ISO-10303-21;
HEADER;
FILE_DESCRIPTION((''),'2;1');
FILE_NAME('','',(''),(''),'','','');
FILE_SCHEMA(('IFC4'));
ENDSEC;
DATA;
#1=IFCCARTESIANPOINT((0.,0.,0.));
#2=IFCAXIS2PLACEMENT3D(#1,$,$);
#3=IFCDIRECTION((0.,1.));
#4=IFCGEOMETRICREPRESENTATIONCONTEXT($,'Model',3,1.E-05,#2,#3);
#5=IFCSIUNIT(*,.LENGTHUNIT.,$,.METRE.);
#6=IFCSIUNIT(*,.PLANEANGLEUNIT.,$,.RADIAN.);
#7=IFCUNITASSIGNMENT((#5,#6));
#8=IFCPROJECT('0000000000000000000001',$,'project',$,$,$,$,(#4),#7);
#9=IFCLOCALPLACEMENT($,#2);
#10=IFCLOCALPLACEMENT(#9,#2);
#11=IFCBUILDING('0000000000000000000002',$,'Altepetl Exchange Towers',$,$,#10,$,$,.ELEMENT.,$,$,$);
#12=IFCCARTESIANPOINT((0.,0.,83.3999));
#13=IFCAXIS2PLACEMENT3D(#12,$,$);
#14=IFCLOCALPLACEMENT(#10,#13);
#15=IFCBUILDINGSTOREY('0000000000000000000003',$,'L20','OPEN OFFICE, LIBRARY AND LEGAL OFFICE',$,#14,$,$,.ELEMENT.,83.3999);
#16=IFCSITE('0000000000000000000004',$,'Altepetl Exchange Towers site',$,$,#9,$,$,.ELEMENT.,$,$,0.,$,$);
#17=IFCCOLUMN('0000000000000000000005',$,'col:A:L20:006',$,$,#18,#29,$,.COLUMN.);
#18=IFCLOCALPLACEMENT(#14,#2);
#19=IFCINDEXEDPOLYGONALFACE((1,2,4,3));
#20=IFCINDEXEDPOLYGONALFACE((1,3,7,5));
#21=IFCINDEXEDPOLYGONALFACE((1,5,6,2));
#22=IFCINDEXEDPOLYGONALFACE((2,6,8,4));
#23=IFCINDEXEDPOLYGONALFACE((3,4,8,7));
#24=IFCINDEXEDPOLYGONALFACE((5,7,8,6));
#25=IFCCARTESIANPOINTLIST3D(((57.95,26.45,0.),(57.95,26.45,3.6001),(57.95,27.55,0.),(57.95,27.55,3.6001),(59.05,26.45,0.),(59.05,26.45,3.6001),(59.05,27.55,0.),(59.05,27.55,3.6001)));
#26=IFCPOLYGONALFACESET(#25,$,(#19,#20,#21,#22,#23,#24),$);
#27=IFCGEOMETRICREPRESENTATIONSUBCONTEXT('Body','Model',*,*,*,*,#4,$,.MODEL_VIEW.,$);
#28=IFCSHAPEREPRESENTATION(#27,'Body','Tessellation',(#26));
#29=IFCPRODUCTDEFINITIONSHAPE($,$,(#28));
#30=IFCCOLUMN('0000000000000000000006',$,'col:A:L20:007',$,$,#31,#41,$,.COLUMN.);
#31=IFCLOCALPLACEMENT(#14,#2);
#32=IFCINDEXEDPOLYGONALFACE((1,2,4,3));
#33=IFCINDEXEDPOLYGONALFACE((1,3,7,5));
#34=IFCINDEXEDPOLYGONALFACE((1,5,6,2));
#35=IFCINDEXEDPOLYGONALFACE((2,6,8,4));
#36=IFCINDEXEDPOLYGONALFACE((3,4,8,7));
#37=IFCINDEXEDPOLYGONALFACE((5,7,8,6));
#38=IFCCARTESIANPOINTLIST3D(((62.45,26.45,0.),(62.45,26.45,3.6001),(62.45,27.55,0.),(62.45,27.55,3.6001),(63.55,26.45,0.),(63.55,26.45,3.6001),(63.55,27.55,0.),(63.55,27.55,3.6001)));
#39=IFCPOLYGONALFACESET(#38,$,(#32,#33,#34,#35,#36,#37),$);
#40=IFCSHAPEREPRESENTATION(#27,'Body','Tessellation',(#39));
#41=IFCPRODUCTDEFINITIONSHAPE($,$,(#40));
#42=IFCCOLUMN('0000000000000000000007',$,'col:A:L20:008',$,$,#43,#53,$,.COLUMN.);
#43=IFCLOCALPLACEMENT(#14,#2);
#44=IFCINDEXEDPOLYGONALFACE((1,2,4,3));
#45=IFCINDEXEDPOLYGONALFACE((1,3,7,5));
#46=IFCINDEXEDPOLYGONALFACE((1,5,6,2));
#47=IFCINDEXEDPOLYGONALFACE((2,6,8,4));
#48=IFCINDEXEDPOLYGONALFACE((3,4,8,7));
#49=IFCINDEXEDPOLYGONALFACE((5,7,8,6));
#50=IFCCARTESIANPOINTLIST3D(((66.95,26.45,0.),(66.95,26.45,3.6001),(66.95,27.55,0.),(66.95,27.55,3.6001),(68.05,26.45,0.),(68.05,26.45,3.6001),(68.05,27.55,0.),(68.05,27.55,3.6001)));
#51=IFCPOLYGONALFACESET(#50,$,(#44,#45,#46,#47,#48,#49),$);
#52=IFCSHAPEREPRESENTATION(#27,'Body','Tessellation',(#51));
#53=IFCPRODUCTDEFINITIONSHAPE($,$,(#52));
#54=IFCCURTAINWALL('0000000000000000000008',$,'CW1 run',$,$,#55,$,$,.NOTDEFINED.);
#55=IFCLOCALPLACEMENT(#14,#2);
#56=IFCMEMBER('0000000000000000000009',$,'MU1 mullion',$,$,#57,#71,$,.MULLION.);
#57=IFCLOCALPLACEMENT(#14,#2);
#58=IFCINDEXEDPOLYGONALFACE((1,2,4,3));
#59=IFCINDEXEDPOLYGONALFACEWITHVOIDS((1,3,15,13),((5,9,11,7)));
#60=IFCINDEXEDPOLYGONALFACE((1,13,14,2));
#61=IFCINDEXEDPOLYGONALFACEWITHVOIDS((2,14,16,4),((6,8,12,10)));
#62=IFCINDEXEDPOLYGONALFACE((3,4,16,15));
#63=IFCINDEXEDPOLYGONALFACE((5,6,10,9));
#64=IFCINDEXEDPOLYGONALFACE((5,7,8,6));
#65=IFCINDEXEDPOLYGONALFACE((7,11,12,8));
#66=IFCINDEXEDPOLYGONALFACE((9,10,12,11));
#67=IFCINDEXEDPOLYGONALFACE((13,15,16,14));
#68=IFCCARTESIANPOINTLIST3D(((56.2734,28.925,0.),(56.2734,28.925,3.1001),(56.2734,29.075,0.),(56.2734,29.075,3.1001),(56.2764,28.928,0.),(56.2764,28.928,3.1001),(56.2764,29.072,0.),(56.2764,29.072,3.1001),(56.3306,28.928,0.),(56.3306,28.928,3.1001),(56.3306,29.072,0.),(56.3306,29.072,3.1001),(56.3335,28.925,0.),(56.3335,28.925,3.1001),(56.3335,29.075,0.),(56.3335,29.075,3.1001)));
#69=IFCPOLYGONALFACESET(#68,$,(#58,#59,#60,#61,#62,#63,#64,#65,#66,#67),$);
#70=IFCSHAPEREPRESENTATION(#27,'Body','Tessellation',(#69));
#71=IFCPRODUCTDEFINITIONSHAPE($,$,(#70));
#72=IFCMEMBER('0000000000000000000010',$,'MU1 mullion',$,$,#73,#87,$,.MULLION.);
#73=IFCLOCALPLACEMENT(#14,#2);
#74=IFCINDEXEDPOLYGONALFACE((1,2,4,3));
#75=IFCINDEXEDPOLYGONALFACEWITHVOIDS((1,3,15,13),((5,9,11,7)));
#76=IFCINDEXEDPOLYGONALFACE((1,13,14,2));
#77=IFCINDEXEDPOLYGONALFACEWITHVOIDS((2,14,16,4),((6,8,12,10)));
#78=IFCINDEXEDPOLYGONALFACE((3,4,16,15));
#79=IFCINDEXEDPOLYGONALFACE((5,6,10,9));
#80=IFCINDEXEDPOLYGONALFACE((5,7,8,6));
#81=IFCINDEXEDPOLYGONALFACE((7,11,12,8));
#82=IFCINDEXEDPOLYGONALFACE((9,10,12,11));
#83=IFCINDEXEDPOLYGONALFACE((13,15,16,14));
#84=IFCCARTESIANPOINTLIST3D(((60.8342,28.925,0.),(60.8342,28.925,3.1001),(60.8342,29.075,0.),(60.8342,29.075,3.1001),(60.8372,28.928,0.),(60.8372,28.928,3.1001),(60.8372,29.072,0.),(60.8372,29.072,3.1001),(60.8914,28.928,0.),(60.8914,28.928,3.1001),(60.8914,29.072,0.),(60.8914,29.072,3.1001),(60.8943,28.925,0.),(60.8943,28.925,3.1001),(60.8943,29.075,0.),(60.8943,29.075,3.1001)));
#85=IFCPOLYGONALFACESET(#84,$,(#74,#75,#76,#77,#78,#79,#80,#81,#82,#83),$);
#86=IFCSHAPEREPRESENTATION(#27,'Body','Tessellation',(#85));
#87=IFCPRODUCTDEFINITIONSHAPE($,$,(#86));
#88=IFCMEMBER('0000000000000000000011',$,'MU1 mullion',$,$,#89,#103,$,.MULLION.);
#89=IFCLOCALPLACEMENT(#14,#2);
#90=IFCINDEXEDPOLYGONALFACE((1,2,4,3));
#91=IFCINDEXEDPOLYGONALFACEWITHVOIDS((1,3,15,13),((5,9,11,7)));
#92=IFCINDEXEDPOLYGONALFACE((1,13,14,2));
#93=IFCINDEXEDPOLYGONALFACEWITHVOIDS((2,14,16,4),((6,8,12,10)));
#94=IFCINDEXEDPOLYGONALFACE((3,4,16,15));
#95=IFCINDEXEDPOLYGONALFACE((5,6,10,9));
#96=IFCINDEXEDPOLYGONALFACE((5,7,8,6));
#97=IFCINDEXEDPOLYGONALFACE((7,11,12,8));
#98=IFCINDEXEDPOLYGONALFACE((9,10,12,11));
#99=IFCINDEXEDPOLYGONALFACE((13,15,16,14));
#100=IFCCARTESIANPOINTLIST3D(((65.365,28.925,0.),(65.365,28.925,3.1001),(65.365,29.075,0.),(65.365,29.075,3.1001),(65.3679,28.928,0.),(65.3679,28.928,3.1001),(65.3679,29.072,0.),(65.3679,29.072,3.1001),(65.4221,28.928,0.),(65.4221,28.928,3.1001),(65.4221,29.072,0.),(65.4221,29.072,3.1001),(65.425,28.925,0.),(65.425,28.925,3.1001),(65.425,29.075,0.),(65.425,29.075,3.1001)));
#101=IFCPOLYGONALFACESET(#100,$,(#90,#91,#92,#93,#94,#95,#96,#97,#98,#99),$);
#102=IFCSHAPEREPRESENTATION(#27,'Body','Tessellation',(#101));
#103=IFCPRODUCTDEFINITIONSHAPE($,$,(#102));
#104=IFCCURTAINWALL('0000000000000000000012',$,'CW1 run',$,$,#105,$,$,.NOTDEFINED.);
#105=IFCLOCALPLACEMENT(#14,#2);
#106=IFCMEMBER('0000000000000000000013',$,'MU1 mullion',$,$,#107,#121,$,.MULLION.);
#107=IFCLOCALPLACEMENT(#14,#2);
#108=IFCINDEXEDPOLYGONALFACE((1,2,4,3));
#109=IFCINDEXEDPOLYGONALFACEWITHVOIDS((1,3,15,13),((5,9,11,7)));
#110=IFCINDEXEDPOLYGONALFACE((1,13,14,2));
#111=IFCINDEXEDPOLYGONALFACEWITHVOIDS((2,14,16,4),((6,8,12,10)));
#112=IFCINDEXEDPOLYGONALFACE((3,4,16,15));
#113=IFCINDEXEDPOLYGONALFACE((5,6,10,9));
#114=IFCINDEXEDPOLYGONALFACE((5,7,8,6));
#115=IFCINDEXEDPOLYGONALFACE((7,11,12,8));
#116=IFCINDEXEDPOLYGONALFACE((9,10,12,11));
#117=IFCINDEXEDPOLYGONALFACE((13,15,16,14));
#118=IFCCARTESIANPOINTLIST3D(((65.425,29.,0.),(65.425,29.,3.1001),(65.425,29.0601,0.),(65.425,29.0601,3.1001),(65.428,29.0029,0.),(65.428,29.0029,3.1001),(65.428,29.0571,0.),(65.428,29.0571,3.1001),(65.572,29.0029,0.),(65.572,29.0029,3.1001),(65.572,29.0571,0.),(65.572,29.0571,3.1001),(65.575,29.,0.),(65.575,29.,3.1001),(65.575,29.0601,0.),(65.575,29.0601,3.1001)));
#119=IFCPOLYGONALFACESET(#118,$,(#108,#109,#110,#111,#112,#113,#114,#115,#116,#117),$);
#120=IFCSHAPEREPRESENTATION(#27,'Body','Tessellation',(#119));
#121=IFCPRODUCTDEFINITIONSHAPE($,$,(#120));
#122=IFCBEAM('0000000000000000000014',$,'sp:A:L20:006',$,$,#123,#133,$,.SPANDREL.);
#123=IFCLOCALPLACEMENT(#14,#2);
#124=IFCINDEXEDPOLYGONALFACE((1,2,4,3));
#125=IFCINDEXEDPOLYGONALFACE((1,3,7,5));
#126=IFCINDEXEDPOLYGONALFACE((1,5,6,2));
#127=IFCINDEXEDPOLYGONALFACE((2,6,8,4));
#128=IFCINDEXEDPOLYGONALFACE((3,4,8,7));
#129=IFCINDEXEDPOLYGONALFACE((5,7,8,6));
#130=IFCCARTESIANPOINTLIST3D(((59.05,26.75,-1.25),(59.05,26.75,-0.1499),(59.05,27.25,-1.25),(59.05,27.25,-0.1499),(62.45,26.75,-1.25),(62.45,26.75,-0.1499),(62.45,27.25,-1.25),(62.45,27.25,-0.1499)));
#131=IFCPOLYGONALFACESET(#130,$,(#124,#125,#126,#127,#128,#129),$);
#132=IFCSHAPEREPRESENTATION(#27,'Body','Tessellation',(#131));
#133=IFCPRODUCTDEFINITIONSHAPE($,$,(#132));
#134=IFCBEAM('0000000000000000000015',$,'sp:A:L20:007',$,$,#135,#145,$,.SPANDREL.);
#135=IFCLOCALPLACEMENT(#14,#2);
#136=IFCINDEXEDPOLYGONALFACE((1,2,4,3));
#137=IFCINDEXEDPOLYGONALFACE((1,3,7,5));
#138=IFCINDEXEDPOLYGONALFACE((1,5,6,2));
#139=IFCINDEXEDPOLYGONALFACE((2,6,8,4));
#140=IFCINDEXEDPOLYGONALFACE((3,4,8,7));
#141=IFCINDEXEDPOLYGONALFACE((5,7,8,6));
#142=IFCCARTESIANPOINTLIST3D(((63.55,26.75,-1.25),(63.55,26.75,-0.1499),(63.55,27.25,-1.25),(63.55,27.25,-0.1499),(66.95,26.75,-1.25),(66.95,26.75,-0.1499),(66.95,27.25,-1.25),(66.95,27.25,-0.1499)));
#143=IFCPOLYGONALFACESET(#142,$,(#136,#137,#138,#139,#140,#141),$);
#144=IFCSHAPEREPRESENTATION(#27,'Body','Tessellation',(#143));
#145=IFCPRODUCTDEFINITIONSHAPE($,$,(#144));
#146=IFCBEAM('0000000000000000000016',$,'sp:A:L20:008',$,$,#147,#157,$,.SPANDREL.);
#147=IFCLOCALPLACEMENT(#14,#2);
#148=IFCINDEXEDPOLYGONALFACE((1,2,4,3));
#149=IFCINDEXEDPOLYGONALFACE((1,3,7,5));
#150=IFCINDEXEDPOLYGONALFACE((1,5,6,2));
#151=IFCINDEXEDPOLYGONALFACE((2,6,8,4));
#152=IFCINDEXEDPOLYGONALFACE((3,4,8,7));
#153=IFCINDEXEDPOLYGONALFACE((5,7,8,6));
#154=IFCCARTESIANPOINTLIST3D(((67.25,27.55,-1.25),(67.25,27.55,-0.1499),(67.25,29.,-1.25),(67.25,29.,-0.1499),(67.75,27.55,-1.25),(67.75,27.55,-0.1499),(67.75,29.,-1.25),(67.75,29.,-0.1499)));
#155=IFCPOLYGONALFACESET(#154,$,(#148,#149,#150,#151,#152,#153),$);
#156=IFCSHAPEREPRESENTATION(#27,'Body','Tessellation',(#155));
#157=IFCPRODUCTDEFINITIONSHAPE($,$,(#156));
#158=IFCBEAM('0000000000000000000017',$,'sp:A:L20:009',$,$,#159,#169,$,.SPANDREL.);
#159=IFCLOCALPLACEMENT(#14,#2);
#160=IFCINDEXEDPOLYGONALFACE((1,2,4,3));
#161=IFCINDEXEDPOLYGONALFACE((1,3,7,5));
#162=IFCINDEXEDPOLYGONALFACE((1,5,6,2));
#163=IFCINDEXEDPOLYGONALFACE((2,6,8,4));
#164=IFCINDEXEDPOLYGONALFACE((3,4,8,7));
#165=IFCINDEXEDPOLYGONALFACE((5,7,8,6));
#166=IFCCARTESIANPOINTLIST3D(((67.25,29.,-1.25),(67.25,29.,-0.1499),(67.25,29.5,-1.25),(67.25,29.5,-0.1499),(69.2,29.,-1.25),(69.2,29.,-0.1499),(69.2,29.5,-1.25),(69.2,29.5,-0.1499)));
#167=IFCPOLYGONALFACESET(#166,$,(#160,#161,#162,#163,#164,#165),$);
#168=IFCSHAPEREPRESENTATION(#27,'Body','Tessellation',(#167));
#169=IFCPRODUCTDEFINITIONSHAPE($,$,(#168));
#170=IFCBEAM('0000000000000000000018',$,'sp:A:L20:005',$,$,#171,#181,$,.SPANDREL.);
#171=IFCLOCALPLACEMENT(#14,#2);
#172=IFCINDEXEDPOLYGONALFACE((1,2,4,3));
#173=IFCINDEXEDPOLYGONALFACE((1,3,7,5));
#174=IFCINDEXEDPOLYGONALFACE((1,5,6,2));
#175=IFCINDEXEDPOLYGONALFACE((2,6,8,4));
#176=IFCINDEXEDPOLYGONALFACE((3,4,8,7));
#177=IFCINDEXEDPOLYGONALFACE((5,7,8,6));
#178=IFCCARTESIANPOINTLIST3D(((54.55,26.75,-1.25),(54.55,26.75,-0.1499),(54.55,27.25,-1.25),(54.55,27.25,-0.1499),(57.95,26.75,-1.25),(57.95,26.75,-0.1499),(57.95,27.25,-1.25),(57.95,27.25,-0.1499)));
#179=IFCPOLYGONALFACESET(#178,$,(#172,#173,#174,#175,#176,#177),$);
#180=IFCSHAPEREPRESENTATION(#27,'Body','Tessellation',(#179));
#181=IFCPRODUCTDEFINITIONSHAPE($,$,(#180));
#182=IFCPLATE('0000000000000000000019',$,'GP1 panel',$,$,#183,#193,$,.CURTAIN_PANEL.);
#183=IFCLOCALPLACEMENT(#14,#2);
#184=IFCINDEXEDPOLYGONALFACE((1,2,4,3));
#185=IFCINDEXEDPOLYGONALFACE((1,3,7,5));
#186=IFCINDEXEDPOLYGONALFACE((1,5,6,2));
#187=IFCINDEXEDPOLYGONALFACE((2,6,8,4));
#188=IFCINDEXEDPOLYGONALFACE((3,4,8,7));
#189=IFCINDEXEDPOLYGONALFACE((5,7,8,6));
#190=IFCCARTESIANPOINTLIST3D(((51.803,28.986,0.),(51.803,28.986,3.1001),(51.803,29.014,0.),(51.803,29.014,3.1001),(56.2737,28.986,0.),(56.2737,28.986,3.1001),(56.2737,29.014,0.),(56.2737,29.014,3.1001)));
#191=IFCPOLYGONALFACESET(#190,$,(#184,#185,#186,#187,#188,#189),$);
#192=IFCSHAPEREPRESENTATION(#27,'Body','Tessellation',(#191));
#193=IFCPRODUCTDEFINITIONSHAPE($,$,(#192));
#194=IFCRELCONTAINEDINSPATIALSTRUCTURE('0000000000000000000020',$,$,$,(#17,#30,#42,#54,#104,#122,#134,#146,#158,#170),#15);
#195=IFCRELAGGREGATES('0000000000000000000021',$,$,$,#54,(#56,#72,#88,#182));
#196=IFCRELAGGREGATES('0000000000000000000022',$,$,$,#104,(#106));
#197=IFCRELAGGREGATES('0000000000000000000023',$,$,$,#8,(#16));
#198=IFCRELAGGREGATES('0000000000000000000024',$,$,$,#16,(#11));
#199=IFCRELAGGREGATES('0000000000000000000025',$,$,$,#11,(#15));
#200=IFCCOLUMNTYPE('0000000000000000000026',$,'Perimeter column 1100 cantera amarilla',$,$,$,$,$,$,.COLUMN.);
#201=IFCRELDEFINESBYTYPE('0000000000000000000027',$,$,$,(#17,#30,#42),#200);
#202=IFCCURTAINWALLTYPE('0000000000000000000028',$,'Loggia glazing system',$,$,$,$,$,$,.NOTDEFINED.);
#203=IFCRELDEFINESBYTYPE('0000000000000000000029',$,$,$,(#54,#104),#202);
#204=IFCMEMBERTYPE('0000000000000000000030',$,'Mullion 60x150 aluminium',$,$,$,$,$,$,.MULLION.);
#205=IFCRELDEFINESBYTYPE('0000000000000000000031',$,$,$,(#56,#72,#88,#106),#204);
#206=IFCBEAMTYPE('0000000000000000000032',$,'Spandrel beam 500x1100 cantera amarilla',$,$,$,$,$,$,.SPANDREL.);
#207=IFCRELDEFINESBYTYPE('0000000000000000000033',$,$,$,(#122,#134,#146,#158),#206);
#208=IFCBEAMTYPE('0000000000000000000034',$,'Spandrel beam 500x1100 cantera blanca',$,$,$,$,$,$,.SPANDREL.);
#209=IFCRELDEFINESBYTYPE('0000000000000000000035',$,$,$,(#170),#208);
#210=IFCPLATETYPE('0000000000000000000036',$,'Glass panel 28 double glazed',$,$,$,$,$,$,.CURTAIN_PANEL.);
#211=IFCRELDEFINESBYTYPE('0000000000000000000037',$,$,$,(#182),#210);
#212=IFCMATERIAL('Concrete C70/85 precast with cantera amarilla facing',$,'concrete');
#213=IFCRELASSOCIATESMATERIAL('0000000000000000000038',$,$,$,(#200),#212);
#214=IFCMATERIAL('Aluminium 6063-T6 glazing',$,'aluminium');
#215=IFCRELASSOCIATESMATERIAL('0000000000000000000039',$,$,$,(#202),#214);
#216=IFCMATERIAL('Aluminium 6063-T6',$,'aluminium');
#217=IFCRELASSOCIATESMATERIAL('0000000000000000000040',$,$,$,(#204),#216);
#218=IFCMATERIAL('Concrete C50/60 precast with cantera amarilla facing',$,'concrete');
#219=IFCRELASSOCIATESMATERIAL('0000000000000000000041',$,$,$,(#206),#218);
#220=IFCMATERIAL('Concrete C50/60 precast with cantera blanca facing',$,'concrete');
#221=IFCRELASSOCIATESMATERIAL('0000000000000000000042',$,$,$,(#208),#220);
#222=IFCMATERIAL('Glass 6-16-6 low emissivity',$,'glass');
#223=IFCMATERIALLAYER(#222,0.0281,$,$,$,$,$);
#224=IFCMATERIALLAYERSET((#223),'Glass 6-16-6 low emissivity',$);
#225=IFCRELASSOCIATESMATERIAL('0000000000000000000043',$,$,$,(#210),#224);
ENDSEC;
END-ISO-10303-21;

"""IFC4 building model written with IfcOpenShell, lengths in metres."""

from ifc_helpers import new_model, si_unit, direction, frame, origin, origin_2d, place, context, subcontext, project, spatial, rectangle, hollow_rectangle, extrude, material, layer, layer_set, material_profile, profile_set, type_object, element, aggregate, save


model = new_model("IFC4")

# Units and contexts
model_context = context("Model", 3, precision=1e-05, world=origin(), true_north=direction((0.0, 1.0)))
body_context = subcontext(model_context, "Body", "Model", "MODEL_VIEW")
ifc_project = project(units=[si_unit("LENGTHUNIT", "METRE"), si_unit("PLANEANGLEUNIT", "RADIAN")], contexts=[model_context])

# Site, building, storey
site_placement = place(None, origin())
site = spatial("IfcSite", under=ifc_project, at=site_placement, Name="Altepetl Exchange Towers site", CompositionType="ELEMENT", RefElevation=0.0)
building_placement = place(site_placement, origin())
building = spatial("IfcBuilding", under=site, at=building_placement, Name="Altepetl Exchange Towers", CompositionType="ELEMENT")
storey_placement = place(building_placement, frame((0.0, 0.0, 83.3999)))
storey = spatial("IfcBuildingStorey", under=building, at=storey_placement, Name="L20", Description="OPEN OFFICE, LIBRARY AND LEGAL OFFICE", CompositionType="ELEMENT", Elevation=83.3999)

# Columns
ifc_material_1 = material(Name="Concrete C70/85 precast with cantera amarilla facing", Category="concrete")
ifc_material_profile_1 = material_profile(ifc_material_1, rectangle(XDim=1.1001, YDim=1.1001, at=origin_2d()), Name="1100 x 1100")
ifc_profile_set_1 = profile_set([ifc_material_profile_1], Name="Concrete C70/85 precast with cantera amarilla facing")
column_type = type_object("IfcColumnType", Name="Perimeter column 1100 cantera amarilla", PredefinedType="COLUMN", material=ifc_profile_set_1)
for number, where, name in (
    (1, (58.5, 27.0, 0.0), "col:A:L20:006"),
    (2, (63.0, 27.0, 0.0), "col:A:L20:007"),
    (3, (67.5, 27.0, 0.0), "col:A:L20:008"),
):
    element("IfcColumn", number, at=place(storey_placement, frame(where)), inside=storey, type_object=column_type, Name=name, PredefinedType="COLUMN", context=body_context, shape_type="SweptSolid", body=[
        extrude(rectangle(XDim=1.1001, YDim=1.1001, at=origin_2d()), origin(), (0.0, 0.0, 1.0), 3.6001),
    ])

# Curtain wall, members
ifc_material_2 = material(Name="Aluminium 6063-T6 glazing", Category="aluminium")
curtain_wall_type = type_object("IfcCurtainWallType", Name="Loggia glazing system", PredefinedType="NOTDEFINED", material=ifc_material_2)
curtain_wall_1_placement = place(storey_placement, origin())
curtain_wall_1 = element("IfcCurtainWall", 4, at=curtain_wall_1_placement, inside=storey, type_object=curtain_wall_type, Name="CW1 run", PredefinedType="NOTDEFINED")
ifc_material_3 = material(Name="Aluminium 6063-T6", Category="aluminium")
ifc_material_profile_2 = material_profile(ifc_material_3, hollow_rectangle(XDim=0.0601, YDim=0.1499, WallThickness=0.0029, at=origin_2d()), Name="Mullion 60x150 aluminium")
ifc_profile_set_2 = profile_set([ifc_material_profile_2], Name="Aluminium 6063-T6")
member_type = type_object("IfcMemberType", Name="Mullion 60x150 aluminium", PredefinedType="MULLION", material=ifc_profile_set_2)
member_1_placement = place(storey_placement, frame((56.3035, 29.0, 0.0)))
member_1 = element("IfcMember", 5, at=member_1_placement, type_object=member_type, Name="MU1 mullion", PredefinedType="MULLION", context=body_context, shape_type="SweptSolid", body=[
    extrude(hollow_rectangle(XDim=0.0601, YDim=0.1499, WallThickness=0.0029, at=origin_2d()), origin(), (0.0, 0.0, 1.0), 3.1001),
])
member_2_placement = place(storey_placement, frame((60.8643, 29.0, 0.0)))
member_2 = element("IfcMember", 6, at=member_2_placement, type_object=member_type, Name="MU1 mullion", PredefinedType="MULLION", context=body_context, shape_type="SweptSolid", body=[
    extrude(hollow_rectangle(XDim=0.0601, YDim=0.1499, WallThickness=0.0029, at=origin_2d()), origin(), (0.0, 0.0, 1.0), 3.1001),
])
member_3_placement = place(storey_placement, frame((65.395, 29.0, 0.0)))
member_3 = element("IfcMember", 7, at=member_3_placement, type_object=member_type, Name="MU1 mullion", PredefinedType="MULLION", context=body_context, shape_type="SweptSolid", body=[
    extrude(hollow_rectangle(XDim=0.0601, YDim=0.1499, WallThickness=0.0029, at=origin_2d()), origin(), (0.0, 0.0, 1.0), 3.1001),
])

# Curtain wall, member
curtain_wall_2_placement = place(storey_placement, origin())
curtain_wall_2 = element("IfcCurtainWall", 8, at=curtain_wall_2_placement, inside=storey, type_object=curtain_wall_type, Name="CW1 run", PredefinedType="NOTDEFINED")
member_4_placement = place(storey_placement, frame((65.5, 29.03, 0.0), z_axis=(0.0, 0.0, 1.0), x_axis=(0.0, 1.0, 0.0)))
member_4 = element("IfcMember", 9, at=member_4_placement, type_object=member_type, Name="MU1 mullion", PredefinedType="MULLION", context=body_context, shape_type="SweptSolid", body=[
    extrude(hollow_rectangle(XDim=0.0601, YDim=0.1499, WallThickness=0.0029, at=origin_2d()), origin(), (0.0, 0.0, 1.0), 3.1001),
])

# Beams
ifc_material_4 = material(Name="Concrete C50/60 precast with cantera amarilla facing", Category="concrete")
ifc_material_profile_3 = material_profile(ifc_material_4, rectangle(XDim=0.5, YDim=1.1001, at=origin_2d()), Name="500 x 1100")
ifc_profile_set_3 = profile_set([ifc_material_profile_3], Name="Concrete C50/60 precast with cantera amarilla facing")
beam_type_1 = type_object("IfcBeamType", Name="Spandrel beam 500x1100 cantera amarilla", PredefinedType="SPANDREL", material=ifc_profile_set_3)
for number, where, z_axis, x_axis, name in (
    (10, (59.05, 27.0, -0.7), (1.0, 0.0, 0.0), (0.0, 1.0, 0.0), "sp:A:L20:006"),
    (11, (63.55, 27.0, -0.7), (1.0, 0.0, 0.0), (0.0, 1.0, 0.0), "sp:A:L20:007"),
):
    element("IfcBeam", number, at=place(storey_placement, frame(where, z_axis=z_axis, x_axis=x_axis)), inside=storey, type_object=beam_type_1, Name=name, PredefinedType="SPANDREL", context=body_context, shape_type="SweptSolid", body=[
        extrude(rectangle(XDim=0.5, YDim=1.1001, at=origin_2d()), origin(), (0.0, 0.0, 1.0), 3.3999),
    ])
beam_1_placement = place(storey_placement, frame((67.5, 27.55, -0.7), z_axis=(0.0, 1.0, 0.0), x_axis=(-1.0, 0.0, 0.0)))
element("IfcBeam", 12, at=beam_1_placement, inside=storey, type_object=beam_type_1, Name="sp:A:L20:008", PredefinedType="SPANDREL", context=body_context, shape_type="SweptSolid", body=[
    extrude(rectangle(XDim=0.5, YDim=1.1001, at=origin_2d()), origin(), (0.0, 0.0, 1.0), 1.45),
])
beam_2_placement = place(storey_placement, frame((67.25, 29.25, -0.7), z_axis=(1.0, 0.0, 0.0), x_axis=(0.0, 1.0, 0.0)))
element("IfcBeam", 13, at=beam_2_placement, inside=storey, type_object=beam_type_1, Name="sp:A:L20:009", PredefinedType="SPANDREL", context=body_context, shape_type="SweptSolid", body=[
    extrude(rectangle(XDim=0.5, YDim=1.1001, at=origin_2d()), origin(), (0.0, 0.0, 1.0), 1.95),
])
ifc_material_5 = material(Name="Concrete C50/60 precast with cantera blanca facing", Category="concrete")
ifc_material_profile_4 = material_profile(ifc_material_5, rectangle(XDim=0.5, YDim=1.1001, at=origin_2d()), Name="500 x 1100")
ifc_profile_set_4 = profile_set([ifc_material_profile_4], Name="Concrete C50/60 precast with cantera blanca facing")
beam_type_2 = type_object("IfcBeamType", Name="Spandrel beam 500x1100 cantera blanca", PredefinedType="SPANDREL", material=ifc_profile_set_4)
beam_3_placement = place(storey_placement, frame((54.55, 27.0, -0.7), z_axis=(1.0, 0.0, 0.0), x_axis=(0.0, 1.0, 0.0)))
element("IfcBeam", 14, at=beam_3_placement, inside=storey, type_object=beam_type_2, Name="sp:A:L20:005", PredefinedType="SPANDREL", context=body_context, shape_type="SweptSolid", body=[
    extrude(rectangle(XDim=0.5, YDim=1.1001, at=origin_2d()), origin(), (0.0, 0.0, 1.0), 3.3999),
])

# Plate
ifc_material_6 = material(Name="Glass 6-16-6 low emissivity", Category="glass")
ifc_layer_1 = layer(ifc_material_6, 0.0281)
ifc_layer_set_1 = layer_set([ifc_layer_1], Name="Glass 6-16-6 low emissivity")
plate_type = type_object("IfcPlateType", Name="Glass panel 28 double glazed", PredefinedType="CURTAIN_PANEL", material=ifc_layer_set_1)
plate_1_placement = place(storey_placement, frame((54.0383, 29.0, 0.0)))
plate_1 = element("IfcPlate", 15, at=plate_1_placement, type_object=plate_type, Name="GP1 panel", PredefinedType="CURTAIN_PANEL", context=body_context, shape_type="SweptSolid", body=[
    extrude(rectangle(XDim=4.4707, YDim=0.0281, at=origin_2d()), origin(), (0.0, 0.0, 1.0), 3.1001),
])
aggregate(curtain_wall_1, [member_1, member_2, member_3, plate_1])
aggregate(curtain_wall_2, [member_4])

save(model, "model.ifc")
